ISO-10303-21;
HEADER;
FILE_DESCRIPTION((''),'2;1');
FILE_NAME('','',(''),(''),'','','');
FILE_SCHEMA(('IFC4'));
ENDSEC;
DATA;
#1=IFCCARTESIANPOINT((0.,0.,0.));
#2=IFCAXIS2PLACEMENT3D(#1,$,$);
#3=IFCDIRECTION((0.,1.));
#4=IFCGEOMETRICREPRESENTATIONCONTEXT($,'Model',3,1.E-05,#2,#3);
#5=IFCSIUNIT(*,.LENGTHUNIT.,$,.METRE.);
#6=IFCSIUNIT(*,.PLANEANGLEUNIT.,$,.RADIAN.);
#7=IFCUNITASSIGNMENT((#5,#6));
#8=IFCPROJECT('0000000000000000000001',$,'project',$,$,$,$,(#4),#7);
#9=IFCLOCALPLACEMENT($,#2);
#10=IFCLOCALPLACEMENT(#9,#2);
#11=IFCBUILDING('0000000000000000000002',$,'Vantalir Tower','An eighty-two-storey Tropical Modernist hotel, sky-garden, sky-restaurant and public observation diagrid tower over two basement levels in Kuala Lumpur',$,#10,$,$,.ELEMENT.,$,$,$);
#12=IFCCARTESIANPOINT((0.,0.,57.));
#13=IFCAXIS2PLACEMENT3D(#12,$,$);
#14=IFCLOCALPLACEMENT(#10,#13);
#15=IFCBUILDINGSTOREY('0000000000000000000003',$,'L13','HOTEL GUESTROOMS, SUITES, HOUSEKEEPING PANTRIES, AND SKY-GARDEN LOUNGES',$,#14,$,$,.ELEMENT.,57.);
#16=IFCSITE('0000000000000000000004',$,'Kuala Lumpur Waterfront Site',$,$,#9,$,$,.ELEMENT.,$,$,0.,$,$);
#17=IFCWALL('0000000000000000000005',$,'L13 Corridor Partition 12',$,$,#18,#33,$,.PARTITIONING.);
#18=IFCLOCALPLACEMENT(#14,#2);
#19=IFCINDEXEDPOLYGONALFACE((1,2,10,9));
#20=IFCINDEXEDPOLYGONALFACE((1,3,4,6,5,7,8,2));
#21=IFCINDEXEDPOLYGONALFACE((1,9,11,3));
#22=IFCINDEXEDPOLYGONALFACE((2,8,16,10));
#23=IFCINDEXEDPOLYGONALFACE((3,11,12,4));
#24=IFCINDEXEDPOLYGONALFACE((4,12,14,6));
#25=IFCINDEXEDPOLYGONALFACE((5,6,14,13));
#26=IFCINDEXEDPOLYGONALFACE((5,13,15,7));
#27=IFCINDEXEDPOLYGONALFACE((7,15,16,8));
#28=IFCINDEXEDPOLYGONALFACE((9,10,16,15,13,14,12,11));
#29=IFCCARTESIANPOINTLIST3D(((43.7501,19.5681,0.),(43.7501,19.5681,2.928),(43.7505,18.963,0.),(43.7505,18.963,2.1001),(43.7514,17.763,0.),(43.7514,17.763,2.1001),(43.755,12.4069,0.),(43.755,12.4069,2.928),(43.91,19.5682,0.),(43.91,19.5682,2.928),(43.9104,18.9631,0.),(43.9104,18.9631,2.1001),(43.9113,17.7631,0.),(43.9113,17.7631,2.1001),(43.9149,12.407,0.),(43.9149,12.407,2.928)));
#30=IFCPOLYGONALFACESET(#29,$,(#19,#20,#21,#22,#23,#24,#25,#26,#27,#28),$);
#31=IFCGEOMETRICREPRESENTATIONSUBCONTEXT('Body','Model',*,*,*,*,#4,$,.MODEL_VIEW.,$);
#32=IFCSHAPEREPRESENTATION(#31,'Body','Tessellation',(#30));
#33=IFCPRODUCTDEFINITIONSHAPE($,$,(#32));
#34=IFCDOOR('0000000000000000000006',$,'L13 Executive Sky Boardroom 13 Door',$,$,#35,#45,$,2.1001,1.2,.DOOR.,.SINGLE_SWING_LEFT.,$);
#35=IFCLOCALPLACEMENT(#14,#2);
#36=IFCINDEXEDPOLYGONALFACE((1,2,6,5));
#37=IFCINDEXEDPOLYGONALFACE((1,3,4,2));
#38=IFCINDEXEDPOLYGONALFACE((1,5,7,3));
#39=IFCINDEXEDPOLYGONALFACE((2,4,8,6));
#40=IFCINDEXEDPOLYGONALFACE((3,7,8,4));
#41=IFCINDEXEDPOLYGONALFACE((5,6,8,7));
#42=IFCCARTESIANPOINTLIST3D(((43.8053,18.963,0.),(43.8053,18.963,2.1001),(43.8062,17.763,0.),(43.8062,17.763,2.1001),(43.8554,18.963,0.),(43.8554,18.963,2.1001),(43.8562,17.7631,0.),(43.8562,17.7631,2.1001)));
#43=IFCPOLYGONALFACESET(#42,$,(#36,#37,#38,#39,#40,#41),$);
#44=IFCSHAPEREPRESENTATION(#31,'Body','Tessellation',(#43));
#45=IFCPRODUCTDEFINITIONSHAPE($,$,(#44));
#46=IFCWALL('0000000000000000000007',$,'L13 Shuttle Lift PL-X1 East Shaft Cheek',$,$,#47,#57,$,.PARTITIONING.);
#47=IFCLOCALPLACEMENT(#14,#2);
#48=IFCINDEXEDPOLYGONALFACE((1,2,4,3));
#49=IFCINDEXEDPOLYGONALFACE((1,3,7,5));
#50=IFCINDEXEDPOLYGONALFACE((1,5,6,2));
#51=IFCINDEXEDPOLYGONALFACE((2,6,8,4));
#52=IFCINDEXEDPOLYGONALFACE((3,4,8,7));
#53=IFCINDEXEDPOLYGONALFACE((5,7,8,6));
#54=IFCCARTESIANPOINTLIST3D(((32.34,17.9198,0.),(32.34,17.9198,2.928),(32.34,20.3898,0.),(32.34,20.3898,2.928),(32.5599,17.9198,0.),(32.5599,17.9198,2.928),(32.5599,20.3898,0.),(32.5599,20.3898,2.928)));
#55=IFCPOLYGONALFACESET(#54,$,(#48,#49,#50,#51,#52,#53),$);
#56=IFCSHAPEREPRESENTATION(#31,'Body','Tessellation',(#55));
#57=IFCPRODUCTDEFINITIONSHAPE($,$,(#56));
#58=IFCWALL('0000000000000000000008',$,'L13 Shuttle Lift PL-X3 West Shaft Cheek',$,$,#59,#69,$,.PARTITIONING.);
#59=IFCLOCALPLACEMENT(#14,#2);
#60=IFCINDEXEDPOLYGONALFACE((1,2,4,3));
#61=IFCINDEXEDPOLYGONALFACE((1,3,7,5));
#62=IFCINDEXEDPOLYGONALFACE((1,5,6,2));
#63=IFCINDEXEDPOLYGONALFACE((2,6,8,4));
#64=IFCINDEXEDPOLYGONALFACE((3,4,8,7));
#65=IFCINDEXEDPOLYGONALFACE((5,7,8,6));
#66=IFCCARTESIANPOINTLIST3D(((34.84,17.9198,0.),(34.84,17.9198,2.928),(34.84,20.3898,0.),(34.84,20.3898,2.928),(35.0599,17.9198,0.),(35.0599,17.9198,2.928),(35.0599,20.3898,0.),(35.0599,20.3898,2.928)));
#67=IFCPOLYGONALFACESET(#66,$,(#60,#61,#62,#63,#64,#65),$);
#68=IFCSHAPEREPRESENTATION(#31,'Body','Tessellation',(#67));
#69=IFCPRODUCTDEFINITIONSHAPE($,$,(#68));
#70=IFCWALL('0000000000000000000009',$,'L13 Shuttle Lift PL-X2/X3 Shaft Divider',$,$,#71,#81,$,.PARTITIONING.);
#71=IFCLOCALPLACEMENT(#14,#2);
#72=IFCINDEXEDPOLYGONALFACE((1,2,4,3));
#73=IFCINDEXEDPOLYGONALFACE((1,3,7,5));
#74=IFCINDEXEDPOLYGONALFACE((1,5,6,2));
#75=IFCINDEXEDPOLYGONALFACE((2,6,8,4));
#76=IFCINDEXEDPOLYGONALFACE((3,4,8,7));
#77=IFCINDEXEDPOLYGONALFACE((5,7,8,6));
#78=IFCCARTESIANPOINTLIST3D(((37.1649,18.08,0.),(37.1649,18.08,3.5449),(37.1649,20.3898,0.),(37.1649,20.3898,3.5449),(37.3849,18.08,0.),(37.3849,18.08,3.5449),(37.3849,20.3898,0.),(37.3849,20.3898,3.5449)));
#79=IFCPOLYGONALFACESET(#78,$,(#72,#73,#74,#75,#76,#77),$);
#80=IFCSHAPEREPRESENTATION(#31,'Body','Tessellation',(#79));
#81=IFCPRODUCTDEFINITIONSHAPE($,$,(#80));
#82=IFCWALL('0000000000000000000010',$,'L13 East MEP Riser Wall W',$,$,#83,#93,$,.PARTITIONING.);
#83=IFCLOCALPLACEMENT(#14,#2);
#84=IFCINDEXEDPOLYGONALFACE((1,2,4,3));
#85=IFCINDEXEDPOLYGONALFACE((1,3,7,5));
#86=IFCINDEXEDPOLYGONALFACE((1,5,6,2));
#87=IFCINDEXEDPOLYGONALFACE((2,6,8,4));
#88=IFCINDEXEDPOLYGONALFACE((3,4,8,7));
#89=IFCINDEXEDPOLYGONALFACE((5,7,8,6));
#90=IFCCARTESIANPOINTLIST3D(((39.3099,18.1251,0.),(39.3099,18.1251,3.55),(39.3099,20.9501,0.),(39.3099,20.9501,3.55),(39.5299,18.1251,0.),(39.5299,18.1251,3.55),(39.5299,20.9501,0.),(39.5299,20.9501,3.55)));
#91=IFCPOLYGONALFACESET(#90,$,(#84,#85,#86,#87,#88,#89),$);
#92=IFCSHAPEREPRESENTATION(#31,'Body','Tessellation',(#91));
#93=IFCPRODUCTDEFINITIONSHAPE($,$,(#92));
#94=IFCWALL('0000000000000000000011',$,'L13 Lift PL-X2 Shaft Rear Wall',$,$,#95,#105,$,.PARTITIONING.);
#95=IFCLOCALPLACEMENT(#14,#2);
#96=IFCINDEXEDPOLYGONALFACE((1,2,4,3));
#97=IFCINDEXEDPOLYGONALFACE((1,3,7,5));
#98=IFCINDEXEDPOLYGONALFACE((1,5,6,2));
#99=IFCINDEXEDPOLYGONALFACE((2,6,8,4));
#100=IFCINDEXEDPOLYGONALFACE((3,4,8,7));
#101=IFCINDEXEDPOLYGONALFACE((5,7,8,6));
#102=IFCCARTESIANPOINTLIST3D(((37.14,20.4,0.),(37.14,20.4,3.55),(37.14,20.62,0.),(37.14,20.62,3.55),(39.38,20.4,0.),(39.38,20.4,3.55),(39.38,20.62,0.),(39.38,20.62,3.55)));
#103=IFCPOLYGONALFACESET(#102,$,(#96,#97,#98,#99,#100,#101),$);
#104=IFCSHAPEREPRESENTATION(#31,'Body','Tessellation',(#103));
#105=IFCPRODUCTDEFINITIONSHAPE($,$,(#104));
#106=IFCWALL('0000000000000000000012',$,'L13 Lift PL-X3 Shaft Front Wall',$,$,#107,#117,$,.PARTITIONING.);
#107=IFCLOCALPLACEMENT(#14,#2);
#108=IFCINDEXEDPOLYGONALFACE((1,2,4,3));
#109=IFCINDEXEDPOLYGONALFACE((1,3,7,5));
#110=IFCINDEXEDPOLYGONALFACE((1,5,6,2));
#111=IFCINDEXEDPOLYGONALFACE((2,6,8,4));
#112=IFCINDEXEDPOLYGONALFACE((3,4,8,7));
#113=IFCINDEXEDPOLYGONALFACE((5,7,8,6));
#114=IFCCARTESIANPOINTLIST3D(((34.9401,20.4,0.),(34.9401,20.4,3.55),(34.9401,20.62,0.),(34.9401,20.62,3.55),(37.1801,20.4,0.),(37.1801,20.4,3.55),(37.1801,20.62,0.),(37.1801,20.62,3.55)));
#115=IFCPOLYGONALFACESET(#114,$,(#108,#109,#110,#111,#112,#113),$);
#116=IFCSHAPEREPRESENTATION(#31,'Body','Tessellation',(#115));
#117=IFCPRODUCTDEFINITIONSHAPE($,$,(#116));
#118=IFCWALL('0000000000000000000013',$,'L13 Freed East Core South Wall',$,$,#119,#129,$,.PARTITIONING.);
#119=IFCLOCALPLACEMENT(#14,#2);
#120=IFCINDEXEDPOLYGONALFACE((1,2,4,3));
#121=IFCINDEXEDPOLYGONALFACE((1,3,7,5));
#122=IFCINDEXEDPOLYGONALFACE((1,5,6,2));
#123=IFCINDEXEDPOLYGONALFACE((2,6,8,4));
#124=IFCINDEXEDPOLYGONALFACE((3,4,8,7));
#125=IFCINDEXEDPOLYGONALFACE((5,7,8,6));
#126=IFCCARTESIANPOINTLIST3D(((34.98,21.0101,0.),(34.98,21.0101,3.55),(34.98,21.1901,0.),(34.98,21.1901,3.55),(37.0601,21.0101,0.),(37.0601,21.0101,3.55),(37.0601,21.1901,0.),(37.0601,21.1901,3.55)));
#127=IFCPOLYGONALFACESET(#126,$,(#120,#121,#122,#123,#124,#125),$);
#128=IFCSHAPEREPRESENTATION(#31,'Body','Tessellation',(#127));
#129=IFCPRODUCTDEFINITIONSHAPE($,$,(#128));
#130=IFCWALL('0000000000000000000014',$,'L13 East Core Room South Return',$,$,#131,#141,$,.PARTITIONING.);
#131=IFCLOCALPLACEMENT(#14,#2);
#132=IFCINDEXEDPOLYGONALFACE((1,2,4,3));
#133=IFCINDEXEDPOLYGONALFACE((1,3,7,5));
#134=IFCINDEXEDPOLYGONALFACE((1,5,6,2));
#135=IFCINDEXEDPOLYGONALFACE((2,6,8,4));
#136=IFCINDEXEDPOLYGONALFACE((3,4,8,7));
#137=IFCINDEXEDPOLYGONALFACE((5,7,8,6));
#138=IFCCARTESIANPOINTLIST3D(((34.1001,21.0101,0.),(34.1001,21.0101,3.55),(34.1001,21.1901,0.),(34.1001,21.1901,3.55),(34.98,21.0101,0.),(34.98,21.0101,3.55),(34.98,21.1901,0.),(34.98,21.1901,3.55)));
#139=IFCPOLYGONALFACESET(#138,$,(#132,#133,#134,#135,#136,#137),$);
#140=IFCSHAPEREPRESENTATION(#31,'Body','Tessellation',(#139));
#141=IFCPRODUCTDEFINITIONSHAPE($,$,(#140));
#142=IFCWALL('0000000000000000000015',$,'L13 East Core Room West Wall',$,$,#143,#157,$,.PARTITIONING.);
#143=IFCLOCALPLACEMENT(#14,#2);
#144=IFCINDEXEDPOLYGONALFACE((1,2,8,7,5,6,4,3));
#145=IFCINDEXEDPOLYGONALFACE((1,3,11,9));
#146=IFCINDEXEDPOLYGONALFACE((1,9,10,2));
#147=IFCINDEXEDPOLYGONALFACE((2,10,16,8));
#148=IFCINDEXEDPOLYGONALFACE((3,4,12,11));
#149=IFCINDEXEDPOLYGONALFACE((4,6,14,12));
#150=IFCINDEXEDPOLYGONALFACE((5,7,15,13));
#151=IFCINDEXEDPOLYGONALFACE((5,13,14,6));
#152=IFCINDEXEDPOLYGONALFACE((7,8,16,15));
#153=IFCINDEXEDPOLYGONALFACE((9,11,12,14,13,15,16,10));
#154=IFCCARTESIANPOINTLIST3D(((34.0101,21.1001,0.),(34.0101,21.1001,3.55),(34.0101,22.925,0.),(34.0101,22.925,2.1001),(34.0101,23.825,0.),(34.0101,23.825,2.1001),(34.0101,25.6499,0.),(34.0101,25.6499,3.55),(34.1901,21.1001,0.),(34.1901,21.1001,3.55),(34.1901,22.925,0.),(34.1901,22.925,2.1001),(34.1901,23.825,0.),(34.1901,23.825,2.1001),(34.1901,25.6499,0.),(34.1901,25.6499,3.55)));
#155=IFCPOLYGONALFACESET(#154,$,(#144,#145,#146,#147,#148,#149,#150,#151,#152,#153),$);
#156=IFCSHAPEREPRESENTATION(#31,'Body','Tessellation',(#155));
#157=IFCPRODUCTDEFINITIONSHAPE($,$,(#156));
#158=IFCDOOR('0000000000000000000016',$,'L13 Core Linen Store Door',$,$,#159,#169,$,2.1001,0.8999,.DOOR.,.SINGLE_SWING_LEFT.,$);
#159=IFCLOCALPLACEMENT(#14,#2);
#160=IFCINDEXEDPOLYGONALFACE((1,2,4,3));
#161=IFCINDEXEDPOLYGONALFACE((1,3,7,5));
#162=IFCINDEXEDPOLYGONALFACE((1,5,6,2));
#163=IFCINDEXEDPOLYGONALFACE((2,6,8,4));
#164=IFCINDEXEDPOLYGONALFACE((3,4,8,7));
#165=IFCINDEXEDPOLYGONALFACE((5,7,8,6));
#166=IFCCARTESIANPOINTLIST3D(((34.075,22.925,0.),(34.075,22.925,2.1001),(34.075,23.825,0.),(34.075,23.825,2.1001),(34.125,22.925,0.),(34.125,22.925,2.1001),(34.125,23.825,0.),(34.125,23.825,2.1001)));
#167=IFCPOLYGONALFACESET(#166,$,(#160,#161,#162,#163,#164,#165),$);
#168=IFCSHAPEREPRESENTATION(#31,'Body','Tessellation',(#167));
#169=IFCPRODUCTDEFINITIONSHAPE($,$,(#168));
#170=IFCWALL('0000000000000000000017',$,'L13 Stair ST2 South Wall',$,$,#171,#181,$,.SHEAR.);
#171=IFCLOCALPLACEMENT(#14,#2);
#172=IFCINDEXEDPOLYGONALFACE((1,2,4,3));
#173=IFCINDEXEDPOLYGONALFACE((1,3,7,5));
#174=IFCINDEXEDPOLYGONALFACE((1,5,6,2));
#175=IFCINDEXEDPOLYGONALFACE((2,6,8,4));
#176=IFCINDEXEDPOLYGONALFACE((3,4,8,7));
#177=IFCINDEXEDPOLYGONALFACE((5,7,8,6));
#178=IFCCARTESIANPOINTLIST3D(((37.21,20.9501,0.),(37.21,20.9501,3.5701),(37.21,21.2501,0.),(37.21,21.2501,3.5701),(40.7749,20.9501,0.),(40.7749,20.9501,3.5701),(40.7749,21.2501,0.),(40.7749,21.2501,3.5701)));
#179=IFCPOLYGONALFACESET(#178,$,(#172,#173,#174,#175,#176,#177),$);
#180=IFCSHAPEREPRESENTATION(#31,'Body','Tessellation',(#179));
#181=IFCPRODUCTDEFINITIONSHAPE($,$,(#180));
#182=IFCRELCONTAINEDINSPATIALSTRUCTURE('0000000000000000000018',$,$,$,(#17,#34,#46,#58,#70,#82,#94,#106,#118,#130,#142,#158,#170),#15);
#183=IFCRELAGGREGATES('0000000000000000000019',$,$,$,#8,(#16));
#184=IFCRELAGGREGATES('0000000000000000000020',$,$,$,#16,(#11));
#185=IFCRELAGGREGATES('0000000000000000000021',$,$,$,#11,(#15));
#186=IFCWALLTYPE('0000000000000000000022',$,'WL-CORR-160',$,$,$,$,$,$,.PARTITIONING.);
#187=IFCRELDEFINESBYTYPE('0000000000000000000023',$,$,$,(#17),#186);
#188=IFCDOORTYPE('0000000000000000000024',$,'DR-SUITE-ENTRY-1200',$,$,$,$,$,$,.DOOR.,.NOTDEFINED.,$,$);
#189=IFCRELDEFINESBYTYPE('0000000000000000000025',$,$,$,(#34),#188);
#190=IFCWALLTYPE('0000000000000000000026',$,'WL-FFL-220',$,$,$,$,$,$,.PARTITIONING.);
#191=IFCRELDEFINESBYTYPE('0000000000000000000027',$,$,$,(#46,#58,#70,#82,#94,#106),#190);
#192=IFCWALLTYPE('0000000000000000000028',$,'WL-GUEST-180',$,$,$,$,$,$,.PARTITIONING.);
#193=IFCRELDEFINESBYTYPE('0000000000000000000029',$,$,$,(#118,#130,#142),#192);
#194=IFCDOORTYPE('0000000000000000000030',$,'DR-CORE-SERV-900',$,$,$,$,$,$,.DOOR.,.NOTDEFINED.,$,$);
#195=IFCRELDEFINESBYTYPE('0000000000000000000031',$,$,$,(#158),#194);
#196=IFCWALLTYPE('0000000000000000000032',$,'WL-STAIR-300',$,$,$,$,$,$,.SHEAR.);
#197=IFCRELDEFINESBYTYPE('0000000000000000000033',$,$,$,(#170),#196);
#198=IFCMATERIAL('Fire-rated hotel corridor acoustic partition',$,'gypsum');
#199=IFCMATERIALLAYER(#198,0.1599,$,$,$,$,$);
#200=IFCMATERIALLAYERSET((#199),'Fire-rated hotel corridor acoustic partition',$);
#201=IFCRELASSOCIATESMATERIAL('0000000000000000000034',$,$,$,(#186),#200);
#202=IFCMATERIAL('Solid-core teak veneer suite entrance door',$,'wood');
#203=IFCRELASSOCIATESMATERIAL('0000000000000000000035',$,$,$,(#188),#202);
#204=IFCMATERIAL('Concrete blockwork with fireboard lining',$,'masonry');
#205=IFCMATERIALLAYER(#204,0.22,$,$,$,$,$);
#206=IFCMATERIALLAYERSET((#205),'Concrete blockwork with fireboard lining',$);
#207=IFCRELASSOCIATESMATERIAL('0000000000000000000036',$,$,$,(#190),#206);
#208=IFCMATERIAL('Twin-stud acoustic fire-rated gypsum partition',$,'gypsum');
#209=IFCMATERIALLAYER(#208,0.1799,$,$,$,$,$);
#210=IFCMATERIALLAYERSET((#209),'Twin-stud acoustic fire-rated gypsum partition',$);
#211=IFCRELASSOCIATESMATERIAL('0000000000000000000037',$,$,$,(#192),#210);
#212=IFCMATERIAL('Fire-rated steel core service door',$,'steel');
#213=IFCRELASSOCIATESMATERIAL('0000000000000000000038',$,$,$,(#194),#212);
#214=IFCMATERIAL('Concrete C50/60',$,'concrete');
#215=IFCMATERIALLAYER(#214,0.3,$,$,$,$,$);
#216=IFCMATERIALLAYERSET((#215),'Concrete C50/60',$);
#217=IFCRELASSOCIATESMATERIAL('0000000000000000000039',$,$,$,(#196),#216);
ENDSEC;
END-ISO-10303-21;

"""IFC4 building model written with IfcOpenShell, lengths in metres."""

from ifc_helpers import new_model, si_unit, direction, frame, frame_2d, origin, place, context, subcontext, project, spatial, rectangle, extrude, material, layer, layer_set, type_object, element, fill, save


model = new_model("IFC4")

# Units and contexts
model_context = context("Model", 3, precision=1e-05, world=origin(), true_north=direction((0.0, 1.0)))
body_context = subcontext(model_context, "Body", "Model", "MODEL_VIEW")
ifc_project = project(units=[si_unit("LENGTHUNIT", "METRE"), si_unit("PLANEANGLEUNIT", "RADIAN")], contexts=[model_context])

# Site, building, storey
site_placement = place(None, origin())
site = spatial("IfcSite", under=ifc_project, at=site_placement, Name="Kuala Lumpur Waterfront Site", CompositionType="ELEMENT", RefElevation=0.0)
building_placement = place(site_placement, origin())
building = spatial("IfcBuilding", under=site, at=building_placement, Name="Vantalir Tower", Description="An eighty-two-storey Tropical Modernist hotel, sky-garden, sky-restaurant and public observation diagrid tower over two basement levels in Kuala Lumpur", CompositionType="ELEMENT")
storey_placement = place(building_placement, frame((0.0, 0.0, 57.0)))
storey = spatial("IfcBuildingStorey", under=building, at=storey_placement, Name="L13", Description="HOTEL GUESTROOMS, SUITES, HOUSEKEEPING PANTRIES, AND SKY-GARDEN LOUNGES", CompositionType="ELEMENT", Elevation=57.0)

# Wall, opening, door
ifc_material_1 = material(Name="Fire-rated hotel corridor acoustic partition", Category="gypsum")
ifc_layer_1 = layer(ifc_material_1, 0.1599)
ifc_layer_set_1 = layer_set([ifc_layer_1], Name="Fire-rated hotel corridor acoustic partition")
wall_type_1 = type_object("IfcWallType", Name="WL-CORR-160", PredefinedType="PARTITIONING", material=ifc_layer_set_1)
ifc_material_2 = material(Name="Solid-core teak veneer suite entrance door", Category="wood")
door_type_1 = type_object("IfcDoorType", Name="DR-SUITE-ENTRY-1200", OperationType="NOTDEFINED", PredefinedType="DOOR", material=ifc_material_2)
wall_1_placement = place(storey_placement, frame((43.8301, 19.5681, 0.0), z_axis=(0.0, 0.0, 1.0), x_axis=(0.000682, -1.0, 0.0)))
wall_1 = element("IfcWall", 1, at=wall_1_placement, inside=storey, type_object=wall_type_1, Name="L13 Corridor Partition 12", PredefinedType="PARTITIONING", context=body_context, shape_type="SweptSolid", body=[
    extrude(rectangle(XDim=7.1611, YDim=0.1599, at=frame_2d((3.5806, 0.0))), origin(), (0.0, 0.0, 1.0), 2.928),
])
opening_1_placement = place(wall_1_placement, frame((0.605, 0.0, 0.0)))
opening_1 = element("IfcOpeningElement", 2, at=opening_1_placement, cuts=wall_1, PredefinedType="OPENING", context=body_context, shape_type="SweptSolid", body=[
    extrude(rectangle(XDim=1.2, YDim=2.1001, at=frame_2d((0.6001, 1.05))), frame((0.0, 0.0898, 0.0), z_axis=(0.0, -1.0, 0.0), x_axis=(1.0, 0.0, 0.0)), (0.0, 0.0, 1.0), 0.1799),
])
door_1_placement = place(opening_1_placement, origin())
door_1 = element("IfcDoor", 3, at=door_1_placement, inside=storey, type_object=door_type_1, Name="L13 Executive Sky Boardroom 13 Door", OperationType="SINGLE_SWING_LEFT", OverallHeight=2.1001, OverallWidth=1.2, PredefinedType="DOOR", context=body_context, shape_type="SweptSolid", body=[
    extrude(rectangle(XDim=1.2, YDim=2.1001, at=frame_2d((0.6001, 1.05))), frame((0.0, 0.0249, 0.0), z_axis=(0.0, -1.0, 0.0), x_axis=(1.0, 0.0, 0.0)), (0.0, 0.0, 1.0), 0.05),
])
fill(opening_1, door_1)

# Walls
ifc_material_3 = material(Name="Concrete blockwork with fireboard lining", Category="masonry")
ifc_layer_2 = layer(ifc_material_3, 0.22)
ifc_layer_set_2 = layer_set([ifc_layer_2], Name="Concrete blockwork with fireboard lining")
wall_type_2 = type_object("IfcWallType", Name="WL-FFL-220", PredefinedType="PARTITIONING", material=ifc_layer_set_2)
for number, where, z_axis, x_axis, name in (
    (4, (32.45, 17.9199, 0.0), (0.0, 0.0, 1.0), (0.0, 1.0, 0.0), "L13 Shuttle Lift PL-X1 East Shaft Cheek"),
    (5, (34.95, 17.9199, 0.0), (0.0, 0.0, 1.0), (0.0, 1.0, 0.0), "L13 Shuttle Lift PL-X3 West Shaft Cheek"),
):
    element("IfcWall", number, at=place(storey_placement, frame(where, z_axis=z_axis, x_axis=x_axis)), inside=storey, type_object=wall_type_2, Name=name, PredefinedType="PARTITIONING", context=body_context, shape_type="SweptSolid", body=[
        extrude(rectangle(XDim=2.47, YDim=0.22, at=frame_2d((1.2349, 0.0))), origin(), (0.0, 0.0, 1.0), 2.928),
    ])
wall_2_placement = place(storey_placement, frame((37.2749, 18.0801, 0.0), z_axis=(0.0, 0.0, 1.0), x_axis=(0.0, 1.0, 0.0)))
element("IfcWall", 6, at=wall_2_placement, inside=storey, type_object=wall_type_2, Name="L13 Shuttle Lift PL-X2/X3 Shaft Divider", PredefinedType="PARTITIONING", context=body_context, shape_type="SweptSolid", body=[
    extrude(rectangle(XDim=2.3098, YDim=0.22, at=frame_2d((1.1548, 0.0))), origin(), (0.0, 0.0, 1.0), 3.5449),
])
wall_3_placement = place(storey_placement, frame((39.4199, 18.125, 0.0), z_axis=(0.0, 0.0, 1.0), x_axis=(0.0, 1.0, 0.0)))
element("IfcWall", 7, at=wall_3_placement, inside=storey, type_object=wall_type_2, Name="L13 East MEP Riser Wall W", PredefinedType="PARTITIONING", context=body_context, shape_type="SweptSolid", body=[
    extrude(rectangle(XDim=2.825, YDim=0.22, at=frame_2d((1.4126, 0.0))), origin(), (0.0, 0.0, 1.0), 3.55),
])
for number, where, z_axis, x_axis, name in (
    (8, (37.1399, 20.51, 0.0), (0.0, 0.0, 1.0), (1.0, 0.0, 0.0), "L13 Lift PL-X2 Shaft Rear Wall"),
    (9, (34.9399, 20.51, 0.0), (0.0, 0.0, 1.0), (1.0, 0.0, 0.0), "L13 Lift PL-X3 Shaft Front Wall"),
):
    element("IfcWall", number, at=place(storey_placement, frame(where, z_axis=z_axis, x_axis=x_axis)), inside=storey, type_object=wall_type_2, Name=name, PredefinedType="PARTITIONING", context=body_context, shape_type="SweptSolid", body=[
        extrude(rectangle(XDim=2.24, YDim=0.22, at=frame_2d((1.1201, 0.0))), origin(), (0.0, 0.0, 1.0), 3.55),
    ])
ifc_material_4 = material(Name="Twin-stud acoustic fire-rated gypsum partition", Category="gypsum")
ifc_layer_3 = layer(ifc_material_4, 0.1799)
ifc_layer_set_3 = layer_set([ifc_layer_3], Name="Twin-stud acoustic fire-rated gypsum partition")
wall_type_3 = type_object("IfcWallType", Name="WL-GUEST-180", PredefinedType="PARTITIONING", material=ifc_layer_set_3)
wall_4_placement = place(storey_placement, frame((34.98, 21.1001, 0.0), z_axis=(0.0, 0.0, 1.0), x_axis=(1.0, 0.0, 0.0)))
element("IfcWall", 10, at=wall_4_placement, inside=storey, type_object=wall_type_3, Name="L13 Freed East Core South Wall", PredefinedType="PARTITIONING", context=body_context, shape_type="SweptSolid", body=[
    extrude(rectangle(XDim=2.0801, YDim=0.1799, at=frame_2d((1.04, 0.0))), origin(), (0.0, 0.0, 1.0), 3.55),
])
wall_5_placement = place(storey_placement, frame((34.1001, 21.1001, 0.0), z_axis=(0.0, 0.0, 1.0), x_axis=(1.0, 0.0, 0.0)))
element("IfcWall", 11, at=wall_5_placement, inside=storey, type_object=wall_type_3, Name="L13 East Core Room South Return", PredefinedType="PARTITIONING", context=body_context, shape_type="SweptSolid", body=[
    extrude(rectangle(XDim=0.8799, YDim=0.1799, at=frame_2d((0.4399, 0.0))), origin(), (0.0, 0.0, 1.0), 3.55),
])

# Wall, opening, door
wall_6_placement = place(storey_placement, frame((34.1001, 21.1001, 0.0), z_axis=(0.0, 0.0, 1.0), x_axis=(0.0, 1.0, 0.0)))
wall_6 = element("IfcWall", 12, at=wall_6_placement, inside=storey, type_object=wall_type_3, Name="L13 East Core Room West Wall", PredefinedType="PARTITIONING", context=body_context, shape_type="SweptSolid", body=[
    extrude(rectangle(XDim=4.5498, YDim=0.1799, at=frame_2d((2.2749, 0.0))), origin(), (0.0, 0.0, 1.0), 3.55),
])
opening_2_placement = place(wall_6_placement, frame((1.825, 0.0, 0.0)))
opening_2 = element("IfcOpeningElement", 13, at=opening_2_placement, cuts=wall_6, PredefinedType="OPENING", context=body_context, shape_type="SweptSolid", body=[
    extrude(rectangle(XDim=0.8999, YDim=2.1001, at=frame_2d((0.45, 1.05))), frame((0.0, 0.0999, 0.0), z_axis=(0.0, -1.0, 0.0), x_axis=(1.0, 0.0, 0.0)), (0.0, 0.0, 1.0), 0.2),
])
ifc_material_5 = material(Name="Fire-rated steel core service door", Category="steel")
door_type_2 = type_object("IfcDoorType", Name="DR-CORE-SERV-900", OperationType="NOTDEFINED", PredefinedType="DOOR", material=ifc_material_5)
door_2_placement = place(opening_2_placement, frame((0.8999, 0.0, 0.0), z_axis=(0.0, 0.0, 1.0), x_axis=(-1.0, 0.0, 0.0)))
door_2 = element("IfcDoor", 14, at=door_2_placement, inside=storey, type_object=door_type_2, Name="L13 Core Linen Store Door", OperationType="SINGLE_SWING_LEFT", OverallHeight=2.1001, OverallWidth=0.8999, PredefinedType="DOOR", context=body_context, shape_type="SweptSolid", body=[
    extrude(rectangle(XDim=0.8999, YDim=2.1001, at=frame_2d((0.45, 1.05))), frame((0.0, 0.0249, 0.0), z_axis=(0.0, -1.0, 0.0), x_axis=(1.0, 0.0, 0.0)), (0.0, 0.0, 1.0), 0.05),
])
fill(opening_2, door_2)

# Wall
ifc_material_6 = material(Name="Concrete C50/60", Category="concrete")
ifc_layer_4 = layer(ifc_material_6, 0.3)
ifc_layer_set_4 = layer_set([ifc_layer_4], Name="Concrete C50/60")
wall_type_4 = type_object("IfcWallType", Name="WL-STAIR-300", PredefinedType="SHEAR", material=ifc_layer_set_4)
wall_7_placement = place(storey_placement, frame((37.21, 21.1001, 0.0), z_axis=(0.0, 0.0, 1.0), x_axis=(1.0, 0.0, 0.0)))
element("IfcWall", 15, at=wall_7_placement, inside=storey, type_object=wall_type_4, Name="L13 Stair ST2 South Wall", PredefinedType="SHEAR", context=body_context, shape_type="SweptSolid", body=[
    extrude(rectangle(XDim=3.5649, YDim=0.3, at=frame_2d((1.7825, 0.0))), origin(), (0.0, 0.0, 1.0), 3.5701),
])

save(model, "model.ifc")
